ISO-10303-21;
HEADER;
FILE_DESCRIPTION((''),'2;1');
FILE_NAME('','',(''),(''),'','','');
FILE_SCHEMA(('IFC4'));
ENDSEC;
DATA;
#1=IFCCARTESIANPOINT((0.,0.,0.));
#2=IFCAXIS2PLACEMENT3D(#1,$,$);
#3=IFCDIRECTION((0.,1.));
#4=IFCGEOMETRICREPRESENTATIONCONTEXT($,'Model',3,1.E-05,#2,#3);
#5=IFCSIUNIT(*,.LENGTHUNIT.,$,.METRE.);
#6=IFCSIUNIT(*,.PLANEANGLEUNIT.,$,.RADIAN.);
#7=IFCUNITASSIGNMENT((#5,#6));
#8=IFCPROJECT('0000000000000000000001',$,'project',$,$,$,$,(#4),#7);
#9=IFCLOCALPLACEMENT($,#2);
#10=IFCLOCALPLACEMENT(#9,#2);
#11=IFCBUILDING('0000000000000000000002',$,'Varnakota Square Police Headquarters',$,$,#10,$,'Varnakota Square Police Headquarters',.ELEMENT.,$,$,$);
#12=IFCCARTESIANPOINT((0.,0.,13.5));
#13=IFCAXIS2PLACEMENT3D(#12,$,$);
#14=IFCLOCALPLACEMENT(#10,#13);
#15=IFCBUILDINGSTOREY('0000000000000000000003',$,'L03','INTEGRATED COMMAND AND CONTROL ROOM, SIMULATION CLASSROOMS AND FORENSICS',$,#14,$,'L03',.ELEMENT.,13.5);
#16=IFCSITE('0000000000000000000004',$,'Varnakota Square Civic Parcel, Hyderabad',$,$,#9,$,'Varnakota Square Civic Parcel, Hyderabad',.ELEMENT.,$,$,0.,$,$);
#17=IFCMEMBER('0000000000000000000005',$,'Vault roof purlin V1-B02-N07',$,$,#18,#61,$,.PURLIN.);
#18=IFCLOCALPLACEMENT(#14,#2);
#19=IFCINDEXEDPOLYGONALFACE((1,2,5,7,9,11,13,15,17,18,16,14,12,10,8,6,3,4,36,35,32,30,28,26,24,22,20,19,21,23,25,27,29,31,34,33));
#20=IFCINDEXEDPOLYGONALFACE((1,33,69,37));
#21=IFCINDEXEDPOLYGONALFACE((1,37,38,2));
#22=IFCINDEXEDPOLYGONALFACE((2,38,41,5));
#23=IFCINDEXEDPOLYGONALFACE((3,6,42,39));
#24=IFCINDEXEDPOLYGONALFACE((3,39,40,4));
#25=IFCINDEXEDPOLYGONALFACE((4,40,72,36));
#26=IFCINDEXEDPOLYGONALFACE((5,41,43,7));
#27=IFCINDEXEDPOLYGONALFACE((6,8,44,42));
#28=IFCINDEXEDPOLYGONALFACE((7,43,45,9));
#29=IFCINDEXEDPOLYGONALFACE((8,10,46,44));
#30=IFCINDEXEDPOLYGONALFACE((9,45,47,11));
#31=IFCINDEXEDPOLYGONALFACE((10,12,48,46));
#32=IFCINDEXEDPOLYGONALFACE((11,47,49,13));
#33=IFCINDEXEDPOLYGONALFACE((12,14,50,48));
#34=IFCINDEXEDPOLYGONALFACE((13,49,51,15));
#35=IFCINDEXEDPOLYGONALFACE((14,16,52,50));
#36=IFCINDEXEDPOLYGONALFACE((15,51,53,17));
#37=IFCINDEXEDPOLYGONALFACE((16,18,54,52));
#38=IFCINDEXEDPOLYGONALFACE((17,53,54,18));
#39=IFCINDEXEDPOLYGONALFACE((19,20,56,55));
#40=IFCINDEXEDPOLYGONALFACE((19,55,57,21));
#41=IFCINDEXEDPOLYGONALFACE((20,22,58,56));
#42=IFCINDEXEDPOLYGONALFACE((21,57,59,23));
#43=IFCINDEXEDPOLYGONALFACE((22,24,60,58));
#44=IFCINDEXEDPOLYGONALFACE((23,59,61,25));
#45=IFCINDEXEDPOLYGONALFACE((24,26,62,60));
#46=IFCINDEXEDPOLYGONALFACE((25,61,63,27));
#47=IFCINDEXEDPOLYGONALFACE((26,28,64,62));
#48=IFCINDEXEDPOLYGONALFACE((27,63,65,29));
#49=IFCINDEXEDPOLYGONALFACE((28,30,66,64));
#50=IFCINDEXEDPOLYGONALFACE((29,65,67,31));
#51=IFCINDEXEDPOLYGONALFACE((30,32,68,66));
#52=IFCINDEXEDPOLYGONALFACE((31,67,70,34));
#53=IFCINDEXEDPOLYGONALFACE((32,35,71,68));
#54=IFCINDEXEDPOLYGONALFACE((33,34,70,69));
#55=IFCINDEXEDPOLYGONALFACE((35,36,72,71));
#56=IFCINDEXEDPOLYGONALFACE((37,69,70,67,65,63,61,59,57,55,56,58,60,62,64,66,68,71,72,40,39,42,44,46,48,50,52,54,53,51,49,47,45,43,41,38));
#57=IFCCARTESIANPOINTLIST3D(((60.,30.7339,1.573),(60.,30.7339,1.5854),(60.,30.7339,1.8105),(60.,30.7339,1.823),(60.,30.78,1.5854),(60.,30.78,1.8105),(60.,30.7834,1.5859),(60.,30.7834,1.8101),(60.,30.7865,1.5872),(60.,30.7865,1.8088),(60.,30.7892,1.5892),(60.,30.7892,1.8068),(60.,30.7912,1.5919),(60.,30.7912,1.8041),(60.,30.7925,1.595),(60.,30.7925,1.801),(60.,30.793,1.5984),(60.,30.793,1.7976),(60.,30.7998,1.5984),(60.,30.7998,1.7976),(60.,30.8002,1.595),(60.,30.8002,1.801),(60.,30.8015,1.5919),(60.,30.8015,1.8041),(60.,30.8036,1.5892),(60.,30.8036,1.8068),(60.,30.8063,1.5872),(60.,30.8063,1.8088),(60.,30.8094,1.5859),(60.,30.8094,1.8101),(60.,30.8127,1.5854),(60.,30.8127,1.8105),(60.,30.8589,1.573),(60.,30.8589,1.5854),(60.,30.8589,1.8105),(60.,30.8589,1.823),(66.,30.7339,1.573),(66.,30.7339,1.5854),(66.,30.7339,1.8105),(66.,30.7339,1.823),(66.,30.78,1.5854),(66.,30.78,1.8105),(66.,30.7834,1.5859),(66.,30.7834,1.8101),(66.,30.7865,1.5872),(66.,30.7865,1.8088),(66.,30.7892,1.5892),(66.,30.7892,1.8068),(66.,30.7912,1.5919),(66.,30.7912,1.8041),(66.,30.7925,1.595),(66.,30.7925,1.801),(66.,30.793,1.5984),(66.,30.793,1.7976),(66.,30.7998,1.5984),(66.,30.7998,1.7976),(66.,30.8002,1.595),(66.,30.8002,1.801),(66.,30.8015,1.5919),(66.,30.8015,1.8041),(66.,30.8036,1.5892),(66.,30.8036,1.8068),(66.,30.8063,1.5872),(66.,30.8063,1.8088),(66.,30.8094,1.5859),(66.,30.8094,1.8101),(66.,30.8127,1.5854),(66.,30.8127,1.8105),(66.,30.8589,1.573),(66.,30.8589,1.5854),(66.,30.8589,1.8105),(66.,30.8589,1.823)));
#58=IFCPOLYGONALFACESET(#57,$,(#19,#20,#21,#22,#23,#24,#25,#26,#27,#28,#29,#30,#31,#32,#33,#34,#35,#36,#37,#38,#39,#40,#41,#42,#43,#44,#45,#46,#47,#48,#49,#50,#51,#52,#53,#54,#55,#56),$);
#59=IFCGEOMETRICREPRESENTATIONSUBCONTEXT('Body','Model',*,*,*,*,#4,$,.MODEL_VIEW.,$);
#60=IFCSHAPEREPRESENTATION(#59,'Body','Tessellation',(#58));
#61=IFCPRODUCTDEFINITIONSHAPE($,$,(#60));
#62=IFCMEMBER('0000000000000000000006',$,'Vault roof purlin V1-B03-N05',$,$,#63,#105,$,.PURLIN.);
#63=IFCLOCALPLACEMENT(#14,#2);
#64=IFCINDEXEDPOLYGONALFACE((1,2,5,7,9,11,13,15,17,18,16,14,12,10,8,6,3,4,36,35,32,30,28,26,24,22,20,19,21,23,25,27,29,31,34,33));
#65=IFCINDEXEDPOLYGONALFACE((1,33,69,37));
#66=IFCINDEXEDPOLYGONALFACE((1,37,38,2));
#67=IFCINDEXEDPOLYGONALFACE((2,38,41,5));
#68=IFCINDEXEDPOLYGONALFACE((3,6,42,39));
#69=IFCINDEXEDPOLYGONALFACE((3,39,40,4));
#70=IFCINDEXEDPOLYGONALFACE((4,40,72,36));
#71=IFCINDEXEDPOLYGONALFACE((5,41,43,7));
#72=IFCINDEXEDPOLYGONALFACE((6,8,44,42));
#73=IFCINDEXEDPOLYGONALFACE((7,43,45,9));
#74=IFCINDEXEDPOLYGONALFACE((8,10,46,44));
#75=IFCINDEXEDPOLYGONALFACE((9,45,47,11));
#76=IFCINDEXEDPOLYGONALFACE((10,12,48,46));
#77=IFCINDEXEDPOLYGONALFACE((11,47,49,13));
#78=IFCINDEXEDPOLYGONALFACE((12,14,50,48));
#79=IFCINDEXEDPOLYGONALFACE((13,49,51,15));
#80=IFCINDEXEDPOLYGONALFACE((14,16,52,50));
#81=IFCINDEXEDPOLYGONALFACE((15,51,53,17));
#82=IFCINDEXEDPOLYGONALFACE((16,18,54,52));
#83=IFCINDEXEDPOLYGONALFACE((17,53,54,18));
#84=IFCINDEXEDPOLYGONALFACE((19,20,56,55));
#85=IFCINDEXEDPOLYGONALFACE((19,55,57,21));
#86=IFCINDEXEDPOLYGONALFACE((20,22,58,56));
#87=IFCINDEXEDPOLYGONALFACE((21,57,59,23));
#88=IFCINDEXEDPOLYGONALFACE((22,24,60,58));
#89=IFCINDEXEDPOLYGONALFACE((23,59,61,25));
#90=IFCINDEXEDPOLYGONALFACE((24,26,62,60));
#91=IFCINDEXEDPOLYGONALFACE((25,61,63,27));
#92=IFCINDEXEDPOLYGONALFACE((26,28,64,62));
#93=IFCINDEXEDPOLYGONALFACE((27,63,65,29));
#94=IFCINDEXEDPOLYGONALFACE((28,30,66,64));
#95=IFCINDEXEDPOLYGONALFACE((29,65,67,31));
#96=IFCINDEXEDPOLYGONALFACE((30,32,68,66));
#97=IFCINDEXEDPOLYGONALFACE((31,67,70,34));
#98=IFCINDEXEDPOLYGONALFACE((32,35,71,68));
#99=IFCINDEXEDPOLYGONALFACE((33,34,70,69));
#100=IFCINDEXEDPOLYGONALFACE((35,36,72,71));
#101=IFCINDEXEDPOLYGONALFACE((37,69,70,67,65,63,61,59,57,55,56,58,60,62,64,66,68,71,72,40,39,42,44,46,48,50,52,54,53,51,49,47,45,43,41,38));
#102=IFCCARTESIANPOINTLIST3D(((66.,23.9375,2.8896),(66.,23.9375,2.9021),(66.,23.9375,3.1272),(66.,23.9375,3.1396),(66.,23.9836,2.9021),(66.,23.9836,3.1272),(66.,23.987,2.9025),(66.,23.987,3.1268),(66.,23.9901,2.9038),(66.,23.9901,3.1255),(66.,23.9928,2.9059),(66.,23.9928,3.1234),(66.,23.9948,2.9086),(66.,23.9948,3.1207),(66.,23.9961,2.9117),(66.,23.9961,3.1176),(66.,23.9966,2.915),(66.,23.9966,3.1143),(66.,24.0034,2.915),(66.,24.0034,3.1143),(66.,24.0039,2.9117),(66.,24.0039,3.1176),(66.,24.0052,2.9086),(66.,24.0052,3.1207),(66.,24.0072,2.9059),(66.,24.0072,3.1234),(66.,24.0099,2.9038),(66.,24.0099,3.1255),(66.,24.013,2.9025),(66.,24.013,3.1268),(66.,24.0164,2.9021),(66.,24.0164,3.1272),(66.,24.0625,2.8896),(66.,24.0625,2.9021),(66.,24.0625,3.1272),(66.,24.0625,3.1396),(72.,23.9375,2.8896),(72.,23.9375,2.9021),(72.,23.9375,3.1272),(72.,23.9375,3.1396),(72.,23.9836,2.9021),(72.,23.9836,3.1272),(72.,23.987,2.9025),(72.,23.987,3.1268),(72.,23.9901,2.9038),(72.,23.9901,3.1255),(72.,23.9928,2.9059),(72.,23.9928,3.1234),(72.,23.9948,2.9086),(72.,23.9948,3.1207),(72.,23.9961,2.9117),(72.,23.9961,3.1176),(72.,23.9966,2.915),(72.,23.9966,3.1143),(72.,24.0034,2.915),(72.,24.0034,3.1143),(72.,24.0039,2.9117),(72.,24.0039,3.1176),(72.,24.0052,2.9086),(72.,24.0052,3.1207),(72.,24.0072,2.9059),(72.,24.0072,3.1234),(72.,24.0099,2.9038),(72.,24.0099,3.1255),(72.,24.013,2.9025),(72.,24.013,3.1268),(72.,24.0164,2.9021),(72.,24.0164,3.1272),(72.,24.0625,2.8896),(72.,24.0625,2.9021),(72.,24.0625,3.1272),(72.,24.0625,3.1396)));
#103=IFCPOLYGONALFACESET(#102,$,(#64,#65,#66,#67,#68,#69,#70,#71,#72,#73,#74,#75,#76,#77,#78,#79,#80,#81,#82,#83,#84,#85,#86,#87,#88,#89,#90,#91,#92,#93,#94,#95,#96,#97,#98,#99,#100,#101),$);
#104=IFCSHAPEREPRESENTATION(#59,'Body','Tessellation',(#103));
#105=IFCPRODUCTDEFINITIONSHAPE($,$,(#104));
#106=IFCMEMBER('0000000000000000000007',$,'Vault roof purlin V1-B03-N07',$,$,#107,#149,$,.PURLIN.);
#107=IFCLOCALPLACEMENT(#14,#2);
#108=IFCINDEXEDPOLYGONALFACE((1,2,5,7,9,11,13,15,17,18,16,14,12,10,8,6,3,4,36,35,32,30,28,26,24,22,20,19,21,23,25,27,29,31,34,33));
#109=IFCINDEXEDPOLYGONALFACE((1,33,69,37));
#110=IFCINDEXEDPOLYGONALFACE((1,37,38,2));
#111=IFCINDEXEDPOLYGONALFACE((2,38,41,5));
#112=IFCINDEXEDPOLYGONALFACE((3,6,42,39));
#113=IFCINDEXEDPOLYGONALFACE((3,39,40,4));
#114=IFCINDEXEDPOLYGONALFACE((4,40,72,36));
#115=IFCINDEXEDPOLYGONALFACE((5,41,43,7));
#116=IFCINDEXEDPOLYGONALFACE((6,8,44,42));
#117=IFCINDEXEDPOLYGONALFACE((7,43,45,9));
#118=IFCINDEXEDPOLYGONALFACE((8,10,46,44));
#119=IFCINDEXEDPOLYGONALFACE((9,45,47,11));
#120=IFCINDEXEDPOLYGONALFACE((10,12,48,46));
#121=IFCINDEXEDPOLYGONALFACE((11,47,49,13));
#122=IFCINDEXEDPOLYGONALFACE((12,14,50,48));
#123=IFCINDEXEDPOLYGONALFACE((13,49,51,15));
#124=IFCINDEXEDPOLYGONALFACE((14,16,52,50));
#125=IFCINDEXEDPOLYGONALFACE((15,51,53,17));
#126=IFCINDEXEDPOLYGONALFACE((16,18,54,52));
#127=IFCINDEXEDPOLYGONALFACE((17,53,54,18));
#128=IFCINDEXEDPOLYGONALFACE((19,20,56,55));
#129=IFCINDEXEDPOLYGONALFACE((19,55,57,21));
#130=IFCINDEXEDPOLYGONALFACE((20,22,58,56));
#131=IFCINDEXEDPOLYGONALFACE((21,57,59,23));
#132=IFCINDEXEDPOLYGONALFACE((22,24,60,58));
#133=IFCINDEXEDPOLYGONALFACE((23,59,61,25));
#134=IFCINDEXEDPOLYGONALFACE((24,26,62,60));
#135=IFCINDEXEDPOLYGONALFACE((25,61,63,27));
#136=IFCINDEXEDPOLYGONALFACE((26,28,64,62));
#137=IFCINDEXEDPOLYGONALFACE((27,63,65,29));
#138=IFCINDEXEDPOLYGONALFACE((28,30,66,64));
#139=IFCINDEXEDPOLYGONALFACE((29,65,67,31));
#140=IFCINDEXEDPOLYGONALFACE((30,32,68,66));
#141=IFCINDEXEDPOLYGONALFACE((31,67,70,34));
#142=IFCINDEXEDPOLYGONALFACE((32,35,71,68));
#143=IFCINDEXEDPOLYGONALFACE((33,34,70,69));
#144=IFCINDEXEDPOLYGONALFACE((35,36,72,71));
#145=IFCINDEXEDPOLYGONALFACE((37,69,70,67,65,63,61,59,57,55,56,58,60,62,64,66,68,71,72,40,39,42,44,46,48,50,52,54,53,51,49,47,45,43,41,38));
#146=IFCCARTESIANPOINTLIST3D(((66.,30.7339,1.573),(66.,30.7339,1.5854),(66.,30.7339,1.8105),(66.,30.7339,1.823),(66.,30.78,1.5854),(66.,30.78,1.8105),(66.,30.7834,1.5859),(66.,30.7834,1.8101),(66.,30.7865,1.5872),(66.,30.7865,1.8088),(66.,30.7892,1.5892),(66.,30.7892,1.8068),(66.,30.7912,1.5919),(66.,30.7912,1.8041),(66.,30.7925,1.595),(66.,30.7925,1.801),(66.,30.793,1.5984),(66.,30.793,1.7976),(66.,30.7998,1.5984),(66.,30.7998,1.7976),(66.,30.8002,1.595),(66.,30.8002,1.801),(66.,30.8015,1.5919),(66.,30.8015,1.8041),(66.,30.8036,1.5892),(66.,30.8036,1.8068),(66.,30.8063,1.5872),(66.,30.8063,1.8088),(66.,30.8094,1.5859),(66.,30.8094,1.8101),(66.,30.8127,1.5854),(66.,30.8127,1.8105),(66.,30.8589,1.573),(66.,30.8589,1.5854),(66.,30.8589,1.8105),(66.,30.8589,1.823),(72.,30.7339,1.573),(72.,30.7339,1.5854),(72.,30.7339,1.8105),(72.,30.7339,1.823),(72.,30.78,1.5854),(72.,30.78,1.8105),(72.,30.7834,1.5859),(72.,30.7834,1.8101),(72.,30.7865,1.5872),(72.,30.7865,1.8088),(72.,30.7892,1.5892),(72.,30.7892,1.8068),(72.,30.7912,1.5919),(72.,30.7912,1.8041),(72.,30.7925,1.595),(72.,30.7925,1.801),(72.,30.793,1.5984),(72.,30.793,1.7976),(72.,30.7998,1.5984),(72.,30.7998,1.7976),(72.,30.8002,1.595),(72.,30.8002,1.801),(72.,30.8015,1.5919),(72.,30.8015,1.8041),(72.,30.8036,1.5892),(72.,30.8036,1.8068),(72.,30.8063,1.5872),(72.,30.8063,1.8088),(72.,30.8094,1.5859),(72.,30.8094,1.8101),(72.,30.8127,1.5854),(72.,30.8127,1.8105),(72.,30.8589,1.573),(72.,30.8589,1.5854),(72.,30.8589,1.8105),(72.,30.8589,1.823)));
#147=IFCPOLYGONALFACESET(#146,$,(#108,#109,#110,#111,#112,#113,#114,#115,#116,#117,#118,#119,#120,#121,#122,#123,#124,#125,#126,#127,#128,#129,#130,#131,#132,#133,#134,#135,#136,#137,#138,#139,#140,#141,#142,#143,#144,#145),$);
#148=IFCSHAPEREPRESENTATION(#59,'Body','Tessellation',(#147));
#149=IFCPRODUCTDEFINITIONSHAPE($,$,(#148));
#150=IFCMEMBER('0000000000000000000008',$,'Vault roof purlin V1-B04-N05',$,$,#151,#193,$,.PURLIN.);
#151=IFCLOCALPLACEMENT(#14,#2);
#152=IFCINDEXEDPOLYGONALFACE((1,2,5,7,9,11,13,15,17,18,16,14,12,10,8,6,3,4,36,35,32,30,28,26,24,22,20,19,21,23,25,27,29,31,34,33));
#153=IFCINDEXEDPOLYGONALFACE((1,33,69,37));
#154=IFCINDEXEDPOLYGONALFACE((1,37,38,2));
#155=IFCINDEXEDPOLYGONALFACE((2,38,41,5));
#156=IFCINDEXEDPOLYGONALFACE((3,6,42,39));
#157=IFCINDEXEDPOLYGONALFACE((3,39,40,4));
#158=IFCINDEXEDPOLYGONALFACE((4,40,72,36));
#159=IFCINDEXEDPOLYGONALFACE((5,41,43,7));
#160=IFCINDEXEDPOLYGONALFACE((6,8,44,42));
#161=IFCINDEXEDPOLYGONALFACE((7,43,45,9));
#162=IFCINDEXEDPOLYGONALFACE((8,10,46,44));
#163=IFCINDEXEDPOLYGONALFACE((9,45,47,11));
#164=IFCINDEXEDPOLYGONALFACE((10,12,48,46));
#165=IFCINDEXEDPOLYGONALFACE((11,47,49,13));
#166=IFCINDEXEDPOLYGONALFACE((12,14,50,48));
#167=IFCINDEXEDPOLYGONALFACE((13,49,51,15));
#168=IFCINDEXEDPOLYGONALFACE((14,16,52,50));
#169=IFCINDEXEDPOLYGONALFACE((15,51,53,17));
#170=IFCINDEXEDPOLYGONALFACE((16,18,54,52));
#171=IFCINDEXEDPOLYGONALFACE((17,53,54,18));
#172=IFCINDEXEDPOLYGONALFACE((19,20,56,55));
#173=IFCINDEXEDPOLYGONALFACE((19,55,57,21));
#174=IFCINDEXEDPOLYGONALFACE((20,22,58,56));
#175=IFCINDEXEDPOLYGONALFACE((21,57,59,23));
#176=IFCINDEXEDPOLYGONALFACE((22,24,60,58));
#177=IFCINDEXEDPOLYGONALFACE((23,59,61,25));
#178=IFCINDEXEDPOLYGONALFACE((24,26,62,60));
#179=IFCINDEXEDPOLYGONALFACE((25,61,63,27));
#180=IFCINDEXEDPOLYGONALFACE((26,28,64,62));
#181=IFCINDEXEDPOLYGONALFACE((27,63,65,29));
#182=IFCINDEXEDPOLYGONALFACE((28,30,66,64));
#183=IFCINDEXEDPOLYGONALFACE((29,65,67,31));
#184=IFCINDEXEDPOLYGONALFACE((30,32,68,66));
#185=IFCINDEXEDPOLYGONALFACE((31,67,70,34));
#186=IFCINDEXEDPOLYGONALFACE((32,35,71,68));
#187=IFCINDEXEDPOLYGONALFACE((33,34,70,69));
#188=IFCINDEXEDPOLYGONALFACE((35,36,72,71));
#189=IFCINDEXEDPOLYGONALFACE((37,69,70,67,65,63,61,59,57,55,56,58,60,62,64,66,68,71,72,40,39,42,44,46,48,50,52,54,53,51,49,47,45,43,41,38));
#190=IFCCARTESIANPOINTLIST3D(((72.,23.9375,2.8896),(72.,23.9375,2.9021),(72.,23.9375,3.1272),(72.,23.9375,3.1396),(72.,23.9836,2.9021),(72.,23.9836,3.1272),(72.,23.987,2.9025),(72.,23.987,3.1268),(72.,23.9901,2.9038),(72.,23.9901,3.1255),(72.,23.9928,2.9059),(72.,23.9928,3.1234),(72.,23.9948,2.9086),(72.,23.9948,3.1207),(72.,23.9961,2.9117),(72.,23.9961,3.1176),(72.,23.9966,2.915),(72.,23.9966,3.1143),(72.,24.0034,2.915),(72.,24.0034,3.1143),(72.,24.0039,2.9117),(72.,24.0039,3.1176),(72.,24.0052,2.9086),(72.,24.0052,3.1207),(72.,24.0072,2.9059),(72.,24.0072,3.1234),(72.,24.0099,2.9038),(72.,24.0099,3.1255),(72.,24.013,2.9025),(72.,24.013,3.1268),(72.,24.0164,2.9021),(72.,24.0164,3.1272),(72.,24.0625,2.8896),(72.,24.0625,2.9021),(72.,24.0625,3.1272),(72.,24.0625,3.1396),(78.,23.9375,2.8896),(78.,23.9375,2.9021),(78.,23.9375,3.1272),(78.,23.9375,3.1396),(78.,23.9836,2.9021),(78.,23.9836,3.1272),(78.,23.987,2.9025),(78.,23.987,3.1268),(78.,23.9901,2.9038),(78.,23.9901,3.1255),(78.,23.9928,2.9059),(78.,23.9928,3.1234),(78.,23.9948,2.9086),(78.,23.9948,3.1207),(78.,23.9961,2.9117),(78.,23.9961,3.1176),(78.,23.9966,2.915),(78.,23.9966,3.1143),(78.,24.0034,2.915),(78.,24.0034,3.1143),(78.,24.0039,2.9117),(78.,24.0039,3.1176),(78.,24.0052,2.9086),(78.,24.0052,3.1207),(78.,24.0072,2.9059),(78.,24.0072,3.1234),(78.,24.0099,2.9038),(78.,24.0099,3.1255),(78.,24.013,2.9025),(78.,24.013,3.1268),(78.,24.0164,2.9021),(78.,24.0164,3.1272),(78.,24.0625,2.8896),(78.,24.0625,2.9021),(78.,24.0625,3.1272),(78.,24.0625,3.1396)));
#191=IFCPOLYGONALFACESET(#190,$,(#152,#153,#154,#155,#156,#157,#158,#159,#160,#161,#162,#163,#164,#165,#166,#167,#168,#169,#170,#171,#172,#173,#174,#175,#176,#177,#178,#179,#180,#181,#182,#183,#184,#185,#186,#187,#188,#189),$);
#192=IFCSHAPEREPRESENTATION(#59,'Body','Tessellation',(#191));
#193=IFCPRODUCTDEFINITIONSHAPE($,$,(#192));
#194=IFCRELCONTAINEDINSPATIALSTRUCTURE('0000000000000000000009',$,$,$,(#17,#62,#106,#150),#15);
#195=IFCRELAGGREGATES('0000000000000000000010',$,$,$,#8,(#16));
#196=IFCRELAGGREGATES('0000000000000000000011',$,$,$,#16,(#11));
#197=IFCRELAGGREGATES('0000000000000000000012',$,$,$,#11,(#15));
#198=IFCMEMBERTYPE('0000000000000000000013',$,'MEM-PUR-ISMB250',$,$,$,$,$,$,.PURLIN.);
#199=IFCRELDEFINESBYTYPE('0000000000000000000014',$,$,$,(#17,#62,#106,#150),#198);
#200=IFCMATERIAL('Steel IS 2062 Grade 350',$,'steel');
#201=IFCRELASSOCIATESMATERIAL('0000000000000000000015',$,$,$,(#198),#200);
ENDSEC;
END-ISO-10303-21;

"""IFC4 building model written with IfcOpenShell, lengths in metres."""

from ifc_helpers import new_model, si_unit, direction, frame, origin, origin_2d, place, context, subcontext, project, spatial, i_section, extrude, material, material_profile, profile_set, type_object, element, save


model = new_model("IFC4")

# Units and contexts
model_context = context("Model", 3, precision=1e-05, world=origin(), true_north=direction((0.0, 1.0)))
body_context = subcontext(model_context, "Body", "Model", "MODEL_VIEW")
ifc_project = project(units=[si_unit("LENGTHUNIT", "METRE"), si_unit("PLANEANGLEUNIT", "RADIAN")], contexts=[model_context])

# Site, building, storey
site_placement = place(None, origin())
site = spatial("IfcSite", under=ifc_project, at=site_placement, Name="Varnakota Square Civic Parcel, Hyderabad", LongName="Varnakota Square Civic Parcel, Hyderabad", CompositionType="ELEMENT", RefElevation=0.0)
building_placement = place(site_placement, origin())
building = spatial("IfcBuilding", under=site, at=building_placement, Name="Varnakota Square Police Headquarters", LongName="Varnakota Square Police Headquarters", CompositionType="ELEMENT")
storey_placement = place(building_placement, frame((0.0, 0.0, 13.5)))
storey = spatial("IfcBuildingStorey", under=building, at=storey_placement, Name="L03", Description="INTEGRATED COMMAND AND CONTROL ROOM, SIMULATION CLASSROOMS AND FORENSICS", LongName="L03", CompositionType="ELEMENT", Elevation=13.5)

# Shared definitions
ifc_material_1 = material(Name="Steel IS 2062 Grade 350", Category="steel")

# Members
ifc_material_profile_1 = material_profile(ifc_material_1, i_section(OverallWidth=0.125, OverallDepth=0.25, WebThickness=0.0068, FlangeThickness=0.0125, FilletRadius=0.0129, at=origin_2d()), Name="ISMB 250")
ifc_profile_set_1 = profile_set([ifc_material_profile_1], Name="Steel IS 2062 Grade 350")
member_type_1 = type_object("IfcMemberType", Name="MEM-PUR-ISMB250", PredefinedType="PURLIN", material=ifc_profile_set_1)
for number, where, z_axis, x_axis, name in (
    (1, (60.0, 30.7964, 1.698), (1.0, 0.0, 0.0), (0.0, 1.0, 0.0), "Vault roof purlin V1-B02-N07"),
    (2, (66.0, 24.0, 3.0146), (1.0, 0.0, 0.0), (0.0, 1.0, 0.0), "Vault roof purlin V1-B03-N05"),
    (3, (66.0, 30.7964, 1.698), (1.0, 0.0, 0.0), (0.0, 1.0, 0.0), "Vault roof purlin V1-B03-N07"),
    (4, (72.0, 24.0, 3.0146), (1.0, 0.0, 0.0), (0.0, 1.0, 0.0), "Vault roof purlin V1-B04-N05"),
):
    element("IfcMember", number, at=place(storey_placement, frame(where, z_axis=z_axis, x_axis=x_axis)), inside=storey, type_object=member_type_1, Name=name, PredefinedType="PURLIN", context=body_context, shape_type="SweptSolid", body=[
        extrude(i_section(OverallWidth=0.125, OverallDepth=0.25, WebThickness=0.0068, FlangeThickness=0.0125, FilletRadius=0.0129, at=origin_2d()), origin(), (0.0, 0.0, 1.0), 6.0),
    ])

save(model, "model.ifc")
